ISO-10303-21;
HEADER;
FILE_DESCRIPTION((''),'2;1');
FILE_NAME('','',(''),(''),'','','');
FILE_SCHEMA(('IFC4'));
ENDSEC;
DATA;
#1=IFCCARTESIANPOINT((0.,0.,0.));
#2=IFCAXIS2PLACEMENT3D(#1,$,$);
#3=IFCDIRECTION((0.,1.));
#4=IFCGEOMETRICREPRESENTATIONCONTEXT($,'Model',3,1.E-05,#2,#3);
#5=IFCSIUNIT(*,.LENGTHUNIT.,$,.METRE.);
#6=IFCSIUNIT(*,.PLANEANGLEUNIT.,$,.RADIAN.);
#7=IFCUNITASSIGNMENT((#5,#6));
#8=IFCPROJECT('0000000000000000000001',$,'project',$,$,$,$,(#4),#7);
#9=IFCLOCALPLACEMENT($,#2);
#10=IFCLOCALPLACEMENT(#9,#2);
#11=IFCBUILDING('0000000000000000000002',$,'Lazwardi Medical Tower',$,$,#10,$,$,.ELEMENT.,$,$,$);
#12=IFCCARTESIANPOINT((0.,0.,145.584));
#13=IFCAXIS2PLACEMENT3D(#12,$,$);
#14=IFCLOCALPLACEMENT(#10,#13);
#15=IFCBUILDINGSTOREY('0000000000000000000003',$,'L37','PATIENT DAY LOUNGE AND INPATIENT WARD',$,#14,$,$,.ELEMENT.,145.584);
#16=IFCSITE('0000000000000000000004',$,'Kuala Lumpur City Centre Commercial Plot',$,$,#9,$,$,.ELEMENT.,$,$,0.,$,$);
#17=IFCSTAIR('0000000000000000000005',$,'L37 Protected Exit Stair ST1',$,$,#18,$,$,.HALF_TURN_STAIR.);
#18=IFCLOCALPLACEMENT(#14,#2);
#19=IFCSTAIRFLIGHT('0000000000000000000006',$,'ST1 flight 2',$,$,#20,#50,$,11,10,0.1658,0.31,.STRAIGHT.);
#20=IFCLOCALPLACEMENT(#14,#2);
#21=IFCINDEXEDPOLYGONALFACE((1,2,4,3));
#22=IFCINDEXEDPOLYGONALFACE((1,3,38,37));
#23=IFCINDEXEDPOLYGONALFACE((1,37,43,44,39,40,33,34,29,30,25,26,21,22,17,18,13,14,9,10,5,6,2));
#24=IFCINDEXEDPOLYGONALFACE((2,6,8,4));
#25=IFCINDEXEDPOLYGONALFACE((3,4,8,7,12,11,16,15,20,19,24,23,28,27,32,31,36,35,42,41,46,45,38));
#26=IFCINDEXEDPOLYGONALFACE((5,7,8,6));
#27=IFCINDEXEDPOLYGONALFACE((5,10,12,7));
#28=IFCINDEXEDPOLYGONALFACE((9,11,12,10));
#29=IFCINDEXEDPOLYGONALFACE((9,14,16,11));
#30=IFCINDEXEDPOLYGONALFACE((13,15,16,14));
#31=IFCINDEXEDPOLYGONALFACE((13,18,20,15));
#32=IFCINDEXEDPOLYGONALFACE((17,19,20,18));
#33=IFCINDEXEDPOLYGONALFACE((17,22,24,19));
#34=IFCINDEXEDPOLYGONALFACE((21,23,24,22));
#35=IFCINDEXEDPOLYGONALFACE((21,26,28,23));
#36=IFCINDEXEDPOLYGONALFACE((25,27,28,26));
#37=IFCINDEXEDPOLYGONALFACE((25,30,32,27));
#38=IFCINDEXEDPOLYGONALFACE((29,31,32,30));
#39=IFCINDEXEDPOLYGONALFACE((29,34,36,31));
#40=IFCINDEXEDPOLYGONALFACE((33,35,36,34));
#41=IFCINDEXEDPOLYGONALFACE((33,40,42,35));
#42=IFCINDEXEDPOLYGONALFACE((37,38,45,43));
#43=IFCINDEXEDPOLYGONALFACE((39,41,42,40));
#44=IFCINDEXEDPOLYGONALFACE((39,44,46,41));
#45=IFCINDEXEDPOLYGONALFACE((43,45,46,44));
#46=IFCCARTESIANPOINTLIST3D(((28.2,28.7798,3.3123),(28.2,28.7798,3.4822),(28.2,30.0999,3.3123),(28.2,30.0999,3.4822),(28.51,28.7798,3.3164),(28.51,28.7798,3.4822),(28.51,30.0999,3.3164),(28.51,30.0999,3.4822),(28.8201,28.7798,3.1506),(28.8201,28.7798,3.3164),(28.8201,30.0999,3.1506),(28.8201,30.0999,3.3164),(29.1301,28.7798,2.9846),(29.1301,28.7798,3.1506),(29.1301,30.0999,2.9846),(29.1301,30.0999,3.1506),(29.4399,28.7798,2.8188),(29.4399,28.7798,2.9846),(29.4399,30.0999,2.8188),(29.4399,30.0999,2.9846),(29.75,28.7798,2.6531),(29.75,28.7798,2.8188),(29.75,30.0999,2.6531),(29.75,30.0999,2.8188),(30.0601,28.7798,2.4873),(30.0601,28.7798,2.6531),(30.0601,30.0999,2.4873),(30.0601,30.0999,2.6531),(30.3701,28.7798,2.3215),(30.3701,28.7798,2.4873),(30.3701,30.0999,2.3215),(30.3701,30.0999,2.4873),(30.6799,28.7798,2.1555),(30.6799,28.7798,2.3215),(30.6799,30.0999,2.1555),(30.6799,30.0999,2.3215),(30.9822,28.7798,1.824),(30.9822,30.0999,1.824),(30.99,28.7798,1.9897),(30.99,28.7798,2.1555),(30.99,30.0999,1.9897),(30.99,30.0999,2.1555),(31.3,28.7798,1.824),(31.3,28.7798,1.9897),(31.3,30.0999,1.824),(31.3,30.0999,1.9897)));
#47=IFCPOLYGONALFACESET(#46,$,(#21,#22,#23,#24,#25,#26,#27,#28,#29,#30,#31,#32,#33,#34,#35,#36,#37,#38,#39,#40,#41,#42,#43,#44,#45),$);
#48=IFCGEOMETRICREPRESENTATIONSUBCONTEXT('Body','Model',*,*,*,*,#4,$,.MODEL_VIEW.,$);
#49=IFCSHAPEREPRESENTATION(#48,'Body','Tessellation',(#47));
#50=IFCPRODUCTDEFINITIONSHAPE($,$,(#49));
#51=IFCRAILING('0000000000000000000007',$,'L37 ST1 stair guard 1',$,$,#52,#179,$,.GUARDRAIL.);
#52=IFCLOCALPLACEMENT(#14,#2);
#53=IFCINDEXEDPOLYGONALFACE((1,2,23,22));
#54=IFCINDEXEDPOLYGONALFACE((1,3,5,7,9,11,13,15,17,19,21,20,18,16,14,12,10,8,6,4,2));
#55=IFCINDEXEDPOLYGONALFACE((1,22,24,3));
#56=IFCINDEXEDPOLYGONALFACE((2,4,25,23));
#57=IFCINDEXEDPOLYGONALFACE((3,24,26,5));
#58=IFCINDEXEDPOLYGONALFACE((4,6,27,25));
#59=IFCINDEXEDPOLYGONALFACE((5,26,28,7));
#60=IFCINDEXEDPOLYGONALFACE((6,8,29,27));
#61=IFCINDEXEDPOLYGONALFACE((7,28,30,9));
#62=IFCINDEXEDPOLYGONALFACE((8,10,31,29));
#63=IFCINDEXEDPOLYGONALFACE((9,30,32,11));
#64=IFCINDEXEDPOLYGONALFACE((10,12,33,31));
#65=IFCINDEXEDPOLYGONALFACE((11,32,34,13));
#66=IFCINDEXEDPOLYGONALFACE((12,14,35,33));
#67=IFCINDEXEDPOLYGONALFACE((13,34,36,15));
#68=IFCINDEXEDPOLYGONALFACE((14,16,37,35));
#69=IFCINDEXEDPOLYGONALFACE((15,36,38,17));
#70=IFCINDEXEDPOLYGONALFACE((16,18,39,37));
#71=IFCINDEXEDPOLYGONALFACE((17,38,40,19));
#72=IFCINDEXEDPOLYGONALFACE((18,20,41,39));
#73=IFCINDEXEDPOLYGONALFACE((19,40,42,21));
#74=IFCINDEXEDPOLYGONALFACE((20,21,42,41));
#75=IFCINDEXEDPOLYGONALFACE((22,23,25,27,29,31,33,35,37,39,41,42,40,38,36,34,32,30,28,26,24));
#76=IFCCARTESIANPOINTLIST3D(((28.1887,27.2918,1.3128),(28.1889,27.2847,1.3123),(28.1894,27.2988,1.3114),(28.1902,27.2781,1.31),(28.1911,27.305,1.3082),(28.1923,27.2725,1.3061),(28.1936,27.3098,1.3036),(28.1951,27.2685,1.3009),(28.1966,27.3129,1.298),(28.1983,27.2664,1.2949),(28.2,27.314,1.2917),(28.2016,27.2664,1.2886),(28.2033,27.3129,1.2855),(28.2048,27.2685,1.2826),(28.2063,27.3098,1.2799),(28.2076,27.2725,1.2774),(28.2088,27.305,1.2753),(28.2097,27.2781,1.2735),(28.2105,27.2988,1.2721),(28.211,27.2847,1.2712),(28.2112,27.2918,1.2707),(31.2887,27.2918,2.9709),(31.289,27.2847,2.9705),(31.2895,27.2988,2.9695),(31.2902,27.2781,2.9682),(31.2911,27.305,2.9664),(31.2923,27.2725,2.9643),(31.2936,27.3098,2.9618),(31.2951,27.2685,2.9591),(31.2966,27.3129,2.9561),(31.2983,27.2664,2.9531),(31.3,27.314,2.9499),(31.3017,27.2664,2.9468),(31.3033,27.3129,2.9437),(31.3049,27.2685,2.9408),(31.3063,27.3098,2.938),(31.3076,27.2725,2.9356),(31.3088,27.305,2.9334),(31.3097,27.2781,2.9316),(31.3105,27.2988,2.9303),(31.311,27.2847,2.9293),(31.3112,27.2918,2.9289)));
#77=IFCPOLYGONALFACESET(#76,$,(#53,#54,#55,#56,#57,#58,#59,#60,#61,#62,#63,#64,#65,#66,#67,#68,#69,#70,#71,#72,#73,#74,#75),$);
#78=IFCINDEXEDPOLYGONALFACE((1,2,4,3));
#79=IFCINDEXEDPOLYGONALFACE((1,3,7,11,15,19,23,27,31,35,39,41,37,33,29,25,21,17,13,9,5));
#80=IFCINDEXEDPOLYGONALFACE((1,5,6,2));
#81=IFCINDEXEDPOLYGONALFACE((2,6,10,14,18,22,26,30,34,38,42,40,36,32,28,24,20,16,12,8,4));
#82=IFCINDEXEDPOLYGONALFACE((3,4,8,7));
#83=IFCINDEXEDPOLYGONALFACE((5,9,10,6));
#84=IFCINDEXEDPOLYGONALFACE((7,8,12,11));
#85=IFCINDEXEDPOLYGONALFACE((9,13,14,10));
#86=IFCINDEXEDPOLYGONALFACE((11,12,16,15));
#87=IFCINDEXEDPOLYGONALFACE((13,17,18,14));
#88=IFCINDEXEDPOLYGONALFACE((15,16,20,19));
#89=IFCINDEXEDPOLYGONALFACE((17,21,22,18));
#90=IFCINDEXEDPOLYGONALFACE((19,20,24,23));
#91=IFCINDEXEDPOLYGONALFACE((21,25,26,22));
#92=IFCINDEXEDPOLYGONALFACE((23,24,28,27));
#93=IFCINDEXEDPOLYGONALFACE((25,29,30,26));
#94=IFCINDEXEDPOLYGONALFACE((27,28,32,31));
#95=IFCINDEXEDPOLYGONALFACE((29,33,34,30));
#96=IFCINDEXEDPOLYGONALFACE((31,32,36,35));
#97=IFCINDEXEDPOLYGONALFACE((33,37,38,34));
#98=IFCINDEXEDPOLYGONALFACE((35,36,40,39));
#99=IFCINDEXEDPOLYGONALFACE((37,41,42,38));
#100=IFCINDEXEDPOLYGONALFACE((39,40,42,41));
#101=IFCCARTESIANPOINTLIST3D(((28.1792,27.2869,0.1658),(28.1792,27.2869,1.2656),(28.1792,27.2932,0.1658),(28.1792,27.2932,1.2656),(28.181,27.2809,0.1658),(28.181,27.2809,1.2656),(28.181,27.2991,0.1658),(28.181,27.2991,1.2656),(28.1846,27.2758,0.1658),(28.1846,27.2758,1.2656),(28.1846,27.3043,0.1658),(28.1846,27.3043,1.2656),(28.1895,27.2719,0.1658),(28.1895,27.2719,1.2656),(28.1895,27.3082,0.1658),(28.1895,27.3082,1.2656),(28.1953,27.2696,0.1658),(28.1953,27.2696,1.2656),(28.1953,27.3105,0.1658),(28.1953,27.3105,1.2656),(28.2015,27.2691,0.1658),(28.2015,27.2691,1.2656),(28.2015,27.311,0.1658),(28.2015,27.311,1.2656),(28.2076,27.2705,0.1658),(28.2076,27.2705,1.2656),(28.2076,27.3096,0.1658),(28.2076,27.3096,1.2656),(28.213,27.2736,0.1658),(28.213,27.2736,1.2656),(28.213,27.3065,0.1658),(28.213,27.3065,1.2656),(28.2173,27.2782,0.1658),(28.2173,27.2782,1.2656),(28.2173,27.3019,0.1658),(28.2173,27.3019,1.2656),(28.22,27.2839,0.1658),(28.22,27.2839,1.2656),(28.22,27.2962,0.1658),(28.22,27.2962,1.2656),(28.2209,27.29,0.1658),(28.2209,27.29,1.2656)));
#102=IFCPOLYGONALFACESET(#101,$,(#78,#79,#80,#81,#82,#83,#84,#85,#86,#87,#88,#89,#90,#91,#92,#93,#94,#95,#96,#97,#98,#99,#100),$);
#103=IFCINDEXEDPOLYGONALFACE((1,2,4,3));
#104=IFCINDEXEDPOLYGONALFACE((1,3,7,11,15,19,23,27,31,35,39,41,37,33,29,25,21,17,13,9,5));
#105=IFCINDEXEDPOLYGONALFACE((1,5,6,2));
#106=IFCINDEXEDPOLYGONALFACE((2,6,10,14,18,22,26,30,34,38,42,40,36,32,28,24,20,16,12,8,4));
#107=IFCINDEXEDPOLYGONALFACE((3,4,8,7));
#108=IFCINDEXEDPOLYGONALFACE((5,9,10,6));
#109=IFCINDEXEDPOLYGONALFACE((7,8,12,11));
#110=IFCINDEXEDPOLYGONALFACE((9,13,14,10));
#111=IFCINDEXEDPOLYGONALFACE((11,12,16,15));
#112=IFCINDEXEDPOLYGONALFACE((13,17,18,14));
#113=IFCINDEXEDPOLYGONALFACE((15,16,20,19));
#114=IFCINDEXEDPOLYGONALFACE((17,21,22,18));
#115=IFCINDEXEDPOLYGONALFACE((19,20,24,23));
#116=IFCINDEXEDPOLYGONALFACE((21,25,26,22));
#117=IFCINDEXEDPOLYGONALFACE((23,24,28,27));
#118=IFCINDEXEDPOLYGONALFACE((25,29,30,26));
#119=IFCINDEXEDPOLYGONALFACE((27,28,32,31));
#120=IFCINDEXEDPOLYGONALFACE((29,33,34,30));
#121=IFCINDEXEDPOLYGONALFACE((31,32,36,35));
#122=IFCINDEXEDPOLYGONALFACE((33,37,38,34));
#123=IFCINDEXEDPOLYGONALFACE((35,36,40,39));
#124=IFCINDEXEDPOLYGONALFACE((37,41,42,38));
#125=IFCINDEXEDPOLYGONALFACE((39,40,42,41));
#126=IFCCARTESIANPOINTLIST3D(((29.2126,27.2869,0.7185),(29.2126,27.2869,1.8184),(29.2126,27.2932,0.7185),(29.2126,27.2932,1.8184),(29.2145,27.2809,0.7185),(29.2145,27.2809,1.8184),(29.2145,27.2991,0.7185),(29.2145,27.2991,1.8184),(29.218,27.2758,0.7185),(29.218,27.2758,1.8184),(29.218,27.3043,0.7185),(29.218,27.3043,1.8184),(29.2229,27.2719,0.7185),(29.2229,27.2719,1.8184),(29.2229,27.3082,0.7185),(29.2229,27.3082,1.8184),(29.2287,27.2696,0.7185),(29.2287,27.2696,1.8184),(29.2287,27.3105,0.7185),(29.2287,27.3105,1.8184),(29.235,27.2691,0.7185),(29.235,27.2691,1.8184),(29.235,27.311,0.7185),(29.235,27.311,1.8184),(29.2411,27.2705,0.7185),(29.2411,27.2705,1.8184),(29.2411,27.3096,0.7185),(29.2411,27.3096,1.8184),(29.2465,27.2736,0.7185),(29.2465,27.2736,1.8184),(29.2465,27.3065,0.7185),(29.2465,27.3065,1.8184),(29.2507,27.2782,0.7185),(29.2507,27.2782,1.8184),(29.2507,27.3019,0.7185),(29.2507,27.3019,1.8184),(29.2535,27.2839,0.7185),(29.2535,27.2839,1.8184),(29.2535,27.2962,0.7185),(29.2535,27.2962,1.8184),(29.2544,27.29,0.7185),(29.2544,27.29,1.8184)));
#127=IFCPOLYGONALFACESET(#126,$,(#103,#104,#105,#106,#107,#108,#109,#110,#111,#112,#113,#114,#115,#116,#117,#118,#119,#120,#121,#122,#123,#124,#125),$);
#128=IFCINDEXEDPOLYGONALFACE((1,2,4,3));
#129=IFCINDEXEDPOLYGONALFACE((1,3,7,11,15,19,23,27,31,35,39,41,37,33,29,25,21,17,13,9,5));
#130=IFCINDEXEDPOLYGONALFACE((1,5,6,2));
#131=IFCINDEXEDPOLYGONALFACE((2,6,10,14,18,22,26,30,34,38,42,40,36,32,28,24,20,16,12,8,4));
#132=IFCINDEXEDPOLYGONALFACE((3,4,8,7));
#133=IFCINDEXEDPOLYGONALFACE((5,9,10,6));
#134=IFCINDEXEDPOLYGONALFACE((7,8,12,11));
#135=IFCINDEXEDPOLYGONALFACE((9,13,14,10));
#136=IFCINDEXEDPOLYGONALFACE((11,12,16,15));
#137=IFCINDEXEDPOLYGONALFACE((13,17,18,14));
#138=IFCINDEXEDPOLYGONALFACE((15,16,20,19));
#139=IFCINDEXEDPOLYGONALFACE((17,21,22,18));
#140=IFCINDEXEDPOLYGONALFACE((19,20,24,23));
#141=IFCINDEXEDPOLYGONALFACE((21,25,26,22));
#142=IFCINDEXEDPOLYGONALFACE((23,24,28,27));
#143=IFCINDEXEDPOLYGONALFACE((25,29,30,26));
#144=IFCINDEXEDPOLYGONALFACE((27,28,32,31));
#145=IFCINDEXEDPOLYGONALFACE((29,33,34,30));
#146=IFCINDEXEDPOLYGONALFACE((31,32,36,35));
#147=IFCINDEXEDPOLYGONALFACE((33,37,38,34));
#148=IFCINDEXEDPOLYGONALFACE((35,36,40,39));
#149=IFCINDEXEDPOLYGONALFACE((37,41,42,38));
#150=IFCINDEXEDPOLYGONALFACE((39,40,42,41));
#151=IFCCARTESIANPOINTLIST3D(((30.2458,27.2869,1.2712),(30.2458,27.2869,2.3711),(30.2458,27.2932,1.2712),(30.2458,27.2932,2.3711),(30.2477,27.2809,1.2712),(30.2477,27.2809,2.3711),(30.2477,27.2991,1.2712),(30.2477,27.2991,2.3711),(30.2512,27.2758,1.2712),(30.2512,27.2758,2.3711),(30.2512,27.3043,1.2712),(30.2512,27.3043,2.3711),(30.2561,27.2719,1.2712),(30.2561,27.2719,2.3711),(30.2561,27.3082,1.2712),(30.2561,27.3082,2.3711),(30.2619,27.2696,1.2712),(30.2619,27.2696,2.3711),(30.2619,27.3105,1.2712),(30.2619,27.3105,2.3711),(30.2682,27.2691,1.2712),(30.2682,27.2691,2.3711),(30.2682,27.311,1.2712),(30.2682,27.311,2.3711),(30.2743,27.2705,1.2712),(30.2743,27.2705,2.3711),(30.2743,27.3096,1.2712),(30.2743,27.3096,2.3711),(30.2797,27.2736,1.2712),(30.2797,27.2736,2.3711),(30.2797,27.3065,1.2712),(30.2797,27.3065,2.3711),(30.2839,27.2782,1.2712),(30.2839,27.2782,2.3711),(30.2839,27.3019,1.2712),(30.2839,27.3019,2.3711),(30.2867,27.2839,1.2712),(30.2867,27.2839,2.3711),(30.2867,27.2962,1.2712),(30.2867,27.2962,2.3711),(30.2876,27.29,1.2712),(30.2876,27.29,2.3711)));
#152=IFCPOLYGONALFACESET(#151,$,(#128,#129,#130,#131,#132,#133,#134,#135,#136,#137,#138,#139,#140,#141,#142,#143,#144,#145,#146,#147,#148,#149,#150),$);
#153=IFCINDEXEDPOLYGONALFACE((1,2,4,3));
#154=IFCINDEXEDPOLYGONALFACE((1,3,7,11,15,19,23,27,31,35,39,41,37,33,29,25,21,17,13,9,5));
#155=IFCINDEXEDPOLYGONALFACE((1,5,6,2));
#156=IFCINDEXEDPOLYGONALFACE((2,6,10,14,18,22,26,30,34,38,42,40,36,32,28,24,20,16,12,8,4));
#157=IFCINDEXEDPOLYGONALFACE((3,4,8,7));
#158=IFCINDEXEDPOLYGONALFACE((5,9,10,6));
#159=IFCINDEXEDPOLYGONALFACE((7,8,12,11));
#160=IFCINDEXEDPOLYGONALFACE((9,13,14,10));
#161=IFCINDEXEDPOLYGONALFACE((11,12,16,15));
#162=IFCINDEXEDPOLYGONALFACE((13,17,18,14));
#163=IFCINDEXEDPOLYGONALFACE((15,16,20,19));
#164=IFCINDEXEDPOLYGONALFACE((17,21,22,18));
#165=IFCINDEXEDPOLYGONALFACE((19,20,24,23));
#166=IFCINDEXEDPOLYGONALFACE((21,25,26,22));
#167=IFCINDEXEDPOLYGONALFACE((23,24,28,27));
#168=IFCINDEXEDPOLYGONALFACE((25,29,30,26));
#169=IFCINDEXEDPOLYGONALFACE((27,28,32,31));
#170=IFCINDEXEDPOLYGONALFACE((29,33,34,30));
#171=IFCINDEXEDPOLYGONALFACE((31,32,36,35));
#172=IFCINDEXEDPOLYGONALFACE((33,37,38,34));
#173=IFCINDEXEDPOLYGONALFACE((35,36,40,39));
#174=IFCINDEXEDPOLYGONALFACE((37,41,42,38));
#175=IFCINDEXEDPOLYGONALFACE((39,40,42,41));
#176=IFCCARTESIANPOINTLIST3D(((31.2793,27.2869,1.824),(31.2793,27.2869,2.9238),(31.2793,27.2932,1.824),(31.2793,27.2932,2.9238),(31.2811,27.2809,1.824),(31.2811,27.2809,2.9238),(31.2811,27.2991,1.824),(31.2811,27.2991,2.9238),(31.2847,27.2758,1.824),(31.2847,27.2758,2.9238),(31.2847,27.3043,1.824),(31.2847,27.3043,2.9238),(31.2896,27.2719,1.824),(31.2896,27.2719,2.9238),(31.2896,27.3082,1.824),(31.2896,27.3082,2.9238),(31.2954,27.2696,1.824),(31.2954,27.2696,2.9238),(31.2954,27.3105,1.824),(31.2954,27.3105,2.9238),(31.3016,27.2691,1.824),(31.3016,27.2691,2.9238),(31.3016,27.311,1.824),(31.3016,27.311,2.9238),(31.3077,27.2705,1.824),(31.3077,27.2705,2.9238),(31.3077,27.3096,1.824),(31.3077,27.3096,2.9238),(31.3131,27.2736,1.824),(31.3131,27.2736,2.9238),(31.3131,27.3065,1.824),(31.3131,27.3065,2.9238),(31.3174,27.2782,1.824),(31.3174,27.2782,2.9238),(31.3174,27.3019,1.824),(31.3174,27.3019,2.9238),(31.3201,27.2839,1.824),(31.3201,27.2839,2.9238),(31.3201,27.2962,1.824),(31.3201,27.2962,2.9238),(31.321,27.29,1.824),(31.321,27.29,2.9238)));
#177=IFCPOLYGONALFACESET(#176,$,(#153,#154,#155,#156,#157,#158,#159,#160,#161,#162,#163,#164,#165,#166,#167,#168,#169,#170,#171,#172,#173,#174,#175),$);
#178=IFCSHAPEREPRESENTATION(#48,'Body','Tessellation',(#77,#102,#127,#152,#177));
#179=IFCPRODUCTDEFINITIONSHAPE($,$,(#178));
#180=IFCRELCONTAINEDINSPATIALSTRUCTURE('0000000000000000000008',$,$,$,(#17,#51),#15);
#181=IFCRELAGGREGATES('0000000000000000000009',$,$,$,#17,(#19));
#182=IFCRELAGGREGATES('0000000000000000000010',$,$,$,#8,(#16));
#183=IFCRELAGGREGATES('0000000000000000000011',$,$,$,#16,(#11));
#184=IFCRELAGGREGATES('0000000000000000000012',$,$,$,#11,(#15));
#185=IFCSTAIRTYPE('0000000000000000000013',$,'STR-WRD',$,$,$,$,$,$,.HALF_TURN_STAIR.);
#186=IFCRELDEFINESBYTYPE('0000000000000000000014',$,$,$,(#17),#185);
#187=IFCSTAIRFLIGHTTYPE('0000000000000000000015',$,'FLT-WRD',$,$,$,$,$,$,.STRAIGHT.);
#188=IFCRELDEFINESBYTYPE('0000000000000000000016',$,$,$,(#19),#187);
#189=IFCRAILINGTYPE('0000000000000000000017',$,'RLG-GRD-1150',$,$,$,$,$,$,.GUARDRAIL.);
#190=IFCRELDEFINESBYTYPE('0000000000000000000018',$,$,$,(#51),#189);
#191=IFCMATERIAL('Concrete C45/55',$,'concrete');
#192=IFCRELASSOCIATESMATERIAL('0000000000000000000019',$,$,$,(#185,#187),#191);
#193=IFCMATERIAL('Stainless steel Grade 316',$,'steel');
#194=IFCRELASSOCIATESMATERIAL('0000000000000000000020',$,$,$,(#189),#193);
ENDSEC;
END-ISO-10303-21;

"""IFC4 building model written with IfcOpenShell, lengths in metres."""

from ifc_helpers import new_model, si_unit, direction, frame, origin, origin_2d, place, context, subcontext, project, spatial, polyline, circle, outline, extrude, material, type_object, element, aggregate, save


model = new_model("IFC4")

# Units and contexts
model_context = context("Model", 3, precision=1e-05, world=origin(), true_north=direction((0.0, 1.0)))
body_context = subcontext(model_context, "Body", "Model", "MODEL_VIEW")
ifc_project = project(units=[si_unit("LENGTHUNIT", "METRE"), si_unit("PLANEANGLEUNIT", "RADIAN")], contexts=[model_context])

# Site, building, storey
site_placement = place(None, origin())
site = spatial("IfcSite", under=ifc_project, at=site_placement, Name="Kuala Lumpur City Centre Commercial Plot", CompositionType="ELEMENT", RefElevation=0.0)
building_placement = place(site_placement, origin())
building = spatial("IfcBuilding", under=site, at=building_placement, Name="Lazwardi Medical Tower", CompositionType="ELEMENT")
storey_placement = place(building_placement, frame((0.0, 0.0, 145.584)))
storey = spatial("IfcBuildingStorey", under=building, at=storey_placement, Name="L37", Description="PATIENT DAY LOUNGE AND INPATIENT WARD", CompositionType="ELEMENT", Elevation=145.584)

# Stair, stair flight
ifc_material_1 = material(Name="Concrete C45/55", Category="concrete")
stair_type = type_object("IfcStairType", Name="STR-WRD", PredefinedType="HALF_TURN_STAIR", material=ifc_material_1)
stair_placement = place(storey_placement, origin())
stair = element("IfcStair", 1, at=stair_placement, inside=storey, type_object=stair_type, Name="L37 Protected Exit Stair ST1", PredefinedType="HALF_TURN_STAIR")
stair_flight_type = type_object("IfcStairFlightType", Name="FLT-WRD", PredefinedType="STRAIGHT", material=ifc_material_1)
stair_flight_1_placement = place(storey_placement, frame((31.3, 29.4399, 1.824), z_axis=(0.0, 0.0, 1.0), x_axis=(-1.0, 0.0, 0.0)))
stair_flight_1 = element("IfcStairFlight", 2, at=stair_flight_1_placement, type_object=stair_flight_type, Name="ST1 flight 2", NumberOfRisers=11, NumberOfTreads=10, PredefinedType="STRAIGHT", RiserHeight=0.1658, TreadLength=0.31, context=body_context, shape_type="SweptSolid", body=[
    extrude(outline(polyline([(0.0, 0.0), (0.0, 0.1658), (0.3101, 0.1658), (0.3101, 0.3315), (0.6201, 0.3315), (0.6201, 0.4976), (0.9299, 0.4976), (0.9299, 0.6633), (1.24, 0.6633), (1.24, 0.8291), (1.55, 0.8291), (1.55, 0.9949), (1.8601, 0.9949), (1.8601, 1.1606), (2.1699, 1.1606), (2.1699, 1.3267), (2.48, 1.3267), (2.48, 1.4924), (2.79, 1.4924), (2.79, 1.6582), (3.1001, 1.6582), (3.1001, 1.824), (3.1001, 1.4883), (0.3179, 0.0), (0.0, 0.0)])), frame((0.0, 0.6602, 0.0), z_axis=(0.0, -1.0, 0.0), x_axis=(1.0, 0.0, 0.0)), (0.0, 0.0, 1.0), 1.3201),
])
aggregate(stair, [stair_flight_1])

# Railing
ifc_material_2 = material(Name="Stainless steel Grade 316", Category="steel")
railing_type_1 = type_object("IfcRailingType", Name="RLG-GRD-1150", PredefinedType="GUARDRAIL", material=ifc_material_2)
railing_1_placement = place(storey_placement, frame((28.2, 27.29, 0.1658)))
element("IfcRailing", 3, at=railing_1_placement, inside=storey, type_object=railing_type_1, Name="L37 ST1 stair guard 1", PredefinedType="GUARDRAIL", context=body_context, shape_type="SweptSolid", body=[
    extrude(circle(Radius=0.0239, at=origin_2d()), frame((0.0, 0.0, 1.126), z_axis=(0.881783, 0.0, 0.471655), x_axis=(0.0, 1.0, 0.0)), (0.0, 0.0, 1.0), 3.5156),
    extrude(circle(Radius=0.021, at=origin_2d()), origin(), (0.0, 0.0, 1.0), 1.0999),
    extrude(circle(Radius=0.021, at=origin_2d()), frame((1.0334, 0.0, 0.5527)), (0.0, 0.0, 1.0), 1.0999),
    extrude(circle(Radius=0.021, at=origin_2d()), frame((2.0667, 0.0, 1.1055)), (0.0, 0.0, 1.0), 1.0999),
    extrude(circle(Radius=0.021, at=origin_2d()), frame((3.1001, 0.0, 1.6582)), (0.0, 0.0, 1.0), 1.0999),
])

save(model, "model.ifc")
